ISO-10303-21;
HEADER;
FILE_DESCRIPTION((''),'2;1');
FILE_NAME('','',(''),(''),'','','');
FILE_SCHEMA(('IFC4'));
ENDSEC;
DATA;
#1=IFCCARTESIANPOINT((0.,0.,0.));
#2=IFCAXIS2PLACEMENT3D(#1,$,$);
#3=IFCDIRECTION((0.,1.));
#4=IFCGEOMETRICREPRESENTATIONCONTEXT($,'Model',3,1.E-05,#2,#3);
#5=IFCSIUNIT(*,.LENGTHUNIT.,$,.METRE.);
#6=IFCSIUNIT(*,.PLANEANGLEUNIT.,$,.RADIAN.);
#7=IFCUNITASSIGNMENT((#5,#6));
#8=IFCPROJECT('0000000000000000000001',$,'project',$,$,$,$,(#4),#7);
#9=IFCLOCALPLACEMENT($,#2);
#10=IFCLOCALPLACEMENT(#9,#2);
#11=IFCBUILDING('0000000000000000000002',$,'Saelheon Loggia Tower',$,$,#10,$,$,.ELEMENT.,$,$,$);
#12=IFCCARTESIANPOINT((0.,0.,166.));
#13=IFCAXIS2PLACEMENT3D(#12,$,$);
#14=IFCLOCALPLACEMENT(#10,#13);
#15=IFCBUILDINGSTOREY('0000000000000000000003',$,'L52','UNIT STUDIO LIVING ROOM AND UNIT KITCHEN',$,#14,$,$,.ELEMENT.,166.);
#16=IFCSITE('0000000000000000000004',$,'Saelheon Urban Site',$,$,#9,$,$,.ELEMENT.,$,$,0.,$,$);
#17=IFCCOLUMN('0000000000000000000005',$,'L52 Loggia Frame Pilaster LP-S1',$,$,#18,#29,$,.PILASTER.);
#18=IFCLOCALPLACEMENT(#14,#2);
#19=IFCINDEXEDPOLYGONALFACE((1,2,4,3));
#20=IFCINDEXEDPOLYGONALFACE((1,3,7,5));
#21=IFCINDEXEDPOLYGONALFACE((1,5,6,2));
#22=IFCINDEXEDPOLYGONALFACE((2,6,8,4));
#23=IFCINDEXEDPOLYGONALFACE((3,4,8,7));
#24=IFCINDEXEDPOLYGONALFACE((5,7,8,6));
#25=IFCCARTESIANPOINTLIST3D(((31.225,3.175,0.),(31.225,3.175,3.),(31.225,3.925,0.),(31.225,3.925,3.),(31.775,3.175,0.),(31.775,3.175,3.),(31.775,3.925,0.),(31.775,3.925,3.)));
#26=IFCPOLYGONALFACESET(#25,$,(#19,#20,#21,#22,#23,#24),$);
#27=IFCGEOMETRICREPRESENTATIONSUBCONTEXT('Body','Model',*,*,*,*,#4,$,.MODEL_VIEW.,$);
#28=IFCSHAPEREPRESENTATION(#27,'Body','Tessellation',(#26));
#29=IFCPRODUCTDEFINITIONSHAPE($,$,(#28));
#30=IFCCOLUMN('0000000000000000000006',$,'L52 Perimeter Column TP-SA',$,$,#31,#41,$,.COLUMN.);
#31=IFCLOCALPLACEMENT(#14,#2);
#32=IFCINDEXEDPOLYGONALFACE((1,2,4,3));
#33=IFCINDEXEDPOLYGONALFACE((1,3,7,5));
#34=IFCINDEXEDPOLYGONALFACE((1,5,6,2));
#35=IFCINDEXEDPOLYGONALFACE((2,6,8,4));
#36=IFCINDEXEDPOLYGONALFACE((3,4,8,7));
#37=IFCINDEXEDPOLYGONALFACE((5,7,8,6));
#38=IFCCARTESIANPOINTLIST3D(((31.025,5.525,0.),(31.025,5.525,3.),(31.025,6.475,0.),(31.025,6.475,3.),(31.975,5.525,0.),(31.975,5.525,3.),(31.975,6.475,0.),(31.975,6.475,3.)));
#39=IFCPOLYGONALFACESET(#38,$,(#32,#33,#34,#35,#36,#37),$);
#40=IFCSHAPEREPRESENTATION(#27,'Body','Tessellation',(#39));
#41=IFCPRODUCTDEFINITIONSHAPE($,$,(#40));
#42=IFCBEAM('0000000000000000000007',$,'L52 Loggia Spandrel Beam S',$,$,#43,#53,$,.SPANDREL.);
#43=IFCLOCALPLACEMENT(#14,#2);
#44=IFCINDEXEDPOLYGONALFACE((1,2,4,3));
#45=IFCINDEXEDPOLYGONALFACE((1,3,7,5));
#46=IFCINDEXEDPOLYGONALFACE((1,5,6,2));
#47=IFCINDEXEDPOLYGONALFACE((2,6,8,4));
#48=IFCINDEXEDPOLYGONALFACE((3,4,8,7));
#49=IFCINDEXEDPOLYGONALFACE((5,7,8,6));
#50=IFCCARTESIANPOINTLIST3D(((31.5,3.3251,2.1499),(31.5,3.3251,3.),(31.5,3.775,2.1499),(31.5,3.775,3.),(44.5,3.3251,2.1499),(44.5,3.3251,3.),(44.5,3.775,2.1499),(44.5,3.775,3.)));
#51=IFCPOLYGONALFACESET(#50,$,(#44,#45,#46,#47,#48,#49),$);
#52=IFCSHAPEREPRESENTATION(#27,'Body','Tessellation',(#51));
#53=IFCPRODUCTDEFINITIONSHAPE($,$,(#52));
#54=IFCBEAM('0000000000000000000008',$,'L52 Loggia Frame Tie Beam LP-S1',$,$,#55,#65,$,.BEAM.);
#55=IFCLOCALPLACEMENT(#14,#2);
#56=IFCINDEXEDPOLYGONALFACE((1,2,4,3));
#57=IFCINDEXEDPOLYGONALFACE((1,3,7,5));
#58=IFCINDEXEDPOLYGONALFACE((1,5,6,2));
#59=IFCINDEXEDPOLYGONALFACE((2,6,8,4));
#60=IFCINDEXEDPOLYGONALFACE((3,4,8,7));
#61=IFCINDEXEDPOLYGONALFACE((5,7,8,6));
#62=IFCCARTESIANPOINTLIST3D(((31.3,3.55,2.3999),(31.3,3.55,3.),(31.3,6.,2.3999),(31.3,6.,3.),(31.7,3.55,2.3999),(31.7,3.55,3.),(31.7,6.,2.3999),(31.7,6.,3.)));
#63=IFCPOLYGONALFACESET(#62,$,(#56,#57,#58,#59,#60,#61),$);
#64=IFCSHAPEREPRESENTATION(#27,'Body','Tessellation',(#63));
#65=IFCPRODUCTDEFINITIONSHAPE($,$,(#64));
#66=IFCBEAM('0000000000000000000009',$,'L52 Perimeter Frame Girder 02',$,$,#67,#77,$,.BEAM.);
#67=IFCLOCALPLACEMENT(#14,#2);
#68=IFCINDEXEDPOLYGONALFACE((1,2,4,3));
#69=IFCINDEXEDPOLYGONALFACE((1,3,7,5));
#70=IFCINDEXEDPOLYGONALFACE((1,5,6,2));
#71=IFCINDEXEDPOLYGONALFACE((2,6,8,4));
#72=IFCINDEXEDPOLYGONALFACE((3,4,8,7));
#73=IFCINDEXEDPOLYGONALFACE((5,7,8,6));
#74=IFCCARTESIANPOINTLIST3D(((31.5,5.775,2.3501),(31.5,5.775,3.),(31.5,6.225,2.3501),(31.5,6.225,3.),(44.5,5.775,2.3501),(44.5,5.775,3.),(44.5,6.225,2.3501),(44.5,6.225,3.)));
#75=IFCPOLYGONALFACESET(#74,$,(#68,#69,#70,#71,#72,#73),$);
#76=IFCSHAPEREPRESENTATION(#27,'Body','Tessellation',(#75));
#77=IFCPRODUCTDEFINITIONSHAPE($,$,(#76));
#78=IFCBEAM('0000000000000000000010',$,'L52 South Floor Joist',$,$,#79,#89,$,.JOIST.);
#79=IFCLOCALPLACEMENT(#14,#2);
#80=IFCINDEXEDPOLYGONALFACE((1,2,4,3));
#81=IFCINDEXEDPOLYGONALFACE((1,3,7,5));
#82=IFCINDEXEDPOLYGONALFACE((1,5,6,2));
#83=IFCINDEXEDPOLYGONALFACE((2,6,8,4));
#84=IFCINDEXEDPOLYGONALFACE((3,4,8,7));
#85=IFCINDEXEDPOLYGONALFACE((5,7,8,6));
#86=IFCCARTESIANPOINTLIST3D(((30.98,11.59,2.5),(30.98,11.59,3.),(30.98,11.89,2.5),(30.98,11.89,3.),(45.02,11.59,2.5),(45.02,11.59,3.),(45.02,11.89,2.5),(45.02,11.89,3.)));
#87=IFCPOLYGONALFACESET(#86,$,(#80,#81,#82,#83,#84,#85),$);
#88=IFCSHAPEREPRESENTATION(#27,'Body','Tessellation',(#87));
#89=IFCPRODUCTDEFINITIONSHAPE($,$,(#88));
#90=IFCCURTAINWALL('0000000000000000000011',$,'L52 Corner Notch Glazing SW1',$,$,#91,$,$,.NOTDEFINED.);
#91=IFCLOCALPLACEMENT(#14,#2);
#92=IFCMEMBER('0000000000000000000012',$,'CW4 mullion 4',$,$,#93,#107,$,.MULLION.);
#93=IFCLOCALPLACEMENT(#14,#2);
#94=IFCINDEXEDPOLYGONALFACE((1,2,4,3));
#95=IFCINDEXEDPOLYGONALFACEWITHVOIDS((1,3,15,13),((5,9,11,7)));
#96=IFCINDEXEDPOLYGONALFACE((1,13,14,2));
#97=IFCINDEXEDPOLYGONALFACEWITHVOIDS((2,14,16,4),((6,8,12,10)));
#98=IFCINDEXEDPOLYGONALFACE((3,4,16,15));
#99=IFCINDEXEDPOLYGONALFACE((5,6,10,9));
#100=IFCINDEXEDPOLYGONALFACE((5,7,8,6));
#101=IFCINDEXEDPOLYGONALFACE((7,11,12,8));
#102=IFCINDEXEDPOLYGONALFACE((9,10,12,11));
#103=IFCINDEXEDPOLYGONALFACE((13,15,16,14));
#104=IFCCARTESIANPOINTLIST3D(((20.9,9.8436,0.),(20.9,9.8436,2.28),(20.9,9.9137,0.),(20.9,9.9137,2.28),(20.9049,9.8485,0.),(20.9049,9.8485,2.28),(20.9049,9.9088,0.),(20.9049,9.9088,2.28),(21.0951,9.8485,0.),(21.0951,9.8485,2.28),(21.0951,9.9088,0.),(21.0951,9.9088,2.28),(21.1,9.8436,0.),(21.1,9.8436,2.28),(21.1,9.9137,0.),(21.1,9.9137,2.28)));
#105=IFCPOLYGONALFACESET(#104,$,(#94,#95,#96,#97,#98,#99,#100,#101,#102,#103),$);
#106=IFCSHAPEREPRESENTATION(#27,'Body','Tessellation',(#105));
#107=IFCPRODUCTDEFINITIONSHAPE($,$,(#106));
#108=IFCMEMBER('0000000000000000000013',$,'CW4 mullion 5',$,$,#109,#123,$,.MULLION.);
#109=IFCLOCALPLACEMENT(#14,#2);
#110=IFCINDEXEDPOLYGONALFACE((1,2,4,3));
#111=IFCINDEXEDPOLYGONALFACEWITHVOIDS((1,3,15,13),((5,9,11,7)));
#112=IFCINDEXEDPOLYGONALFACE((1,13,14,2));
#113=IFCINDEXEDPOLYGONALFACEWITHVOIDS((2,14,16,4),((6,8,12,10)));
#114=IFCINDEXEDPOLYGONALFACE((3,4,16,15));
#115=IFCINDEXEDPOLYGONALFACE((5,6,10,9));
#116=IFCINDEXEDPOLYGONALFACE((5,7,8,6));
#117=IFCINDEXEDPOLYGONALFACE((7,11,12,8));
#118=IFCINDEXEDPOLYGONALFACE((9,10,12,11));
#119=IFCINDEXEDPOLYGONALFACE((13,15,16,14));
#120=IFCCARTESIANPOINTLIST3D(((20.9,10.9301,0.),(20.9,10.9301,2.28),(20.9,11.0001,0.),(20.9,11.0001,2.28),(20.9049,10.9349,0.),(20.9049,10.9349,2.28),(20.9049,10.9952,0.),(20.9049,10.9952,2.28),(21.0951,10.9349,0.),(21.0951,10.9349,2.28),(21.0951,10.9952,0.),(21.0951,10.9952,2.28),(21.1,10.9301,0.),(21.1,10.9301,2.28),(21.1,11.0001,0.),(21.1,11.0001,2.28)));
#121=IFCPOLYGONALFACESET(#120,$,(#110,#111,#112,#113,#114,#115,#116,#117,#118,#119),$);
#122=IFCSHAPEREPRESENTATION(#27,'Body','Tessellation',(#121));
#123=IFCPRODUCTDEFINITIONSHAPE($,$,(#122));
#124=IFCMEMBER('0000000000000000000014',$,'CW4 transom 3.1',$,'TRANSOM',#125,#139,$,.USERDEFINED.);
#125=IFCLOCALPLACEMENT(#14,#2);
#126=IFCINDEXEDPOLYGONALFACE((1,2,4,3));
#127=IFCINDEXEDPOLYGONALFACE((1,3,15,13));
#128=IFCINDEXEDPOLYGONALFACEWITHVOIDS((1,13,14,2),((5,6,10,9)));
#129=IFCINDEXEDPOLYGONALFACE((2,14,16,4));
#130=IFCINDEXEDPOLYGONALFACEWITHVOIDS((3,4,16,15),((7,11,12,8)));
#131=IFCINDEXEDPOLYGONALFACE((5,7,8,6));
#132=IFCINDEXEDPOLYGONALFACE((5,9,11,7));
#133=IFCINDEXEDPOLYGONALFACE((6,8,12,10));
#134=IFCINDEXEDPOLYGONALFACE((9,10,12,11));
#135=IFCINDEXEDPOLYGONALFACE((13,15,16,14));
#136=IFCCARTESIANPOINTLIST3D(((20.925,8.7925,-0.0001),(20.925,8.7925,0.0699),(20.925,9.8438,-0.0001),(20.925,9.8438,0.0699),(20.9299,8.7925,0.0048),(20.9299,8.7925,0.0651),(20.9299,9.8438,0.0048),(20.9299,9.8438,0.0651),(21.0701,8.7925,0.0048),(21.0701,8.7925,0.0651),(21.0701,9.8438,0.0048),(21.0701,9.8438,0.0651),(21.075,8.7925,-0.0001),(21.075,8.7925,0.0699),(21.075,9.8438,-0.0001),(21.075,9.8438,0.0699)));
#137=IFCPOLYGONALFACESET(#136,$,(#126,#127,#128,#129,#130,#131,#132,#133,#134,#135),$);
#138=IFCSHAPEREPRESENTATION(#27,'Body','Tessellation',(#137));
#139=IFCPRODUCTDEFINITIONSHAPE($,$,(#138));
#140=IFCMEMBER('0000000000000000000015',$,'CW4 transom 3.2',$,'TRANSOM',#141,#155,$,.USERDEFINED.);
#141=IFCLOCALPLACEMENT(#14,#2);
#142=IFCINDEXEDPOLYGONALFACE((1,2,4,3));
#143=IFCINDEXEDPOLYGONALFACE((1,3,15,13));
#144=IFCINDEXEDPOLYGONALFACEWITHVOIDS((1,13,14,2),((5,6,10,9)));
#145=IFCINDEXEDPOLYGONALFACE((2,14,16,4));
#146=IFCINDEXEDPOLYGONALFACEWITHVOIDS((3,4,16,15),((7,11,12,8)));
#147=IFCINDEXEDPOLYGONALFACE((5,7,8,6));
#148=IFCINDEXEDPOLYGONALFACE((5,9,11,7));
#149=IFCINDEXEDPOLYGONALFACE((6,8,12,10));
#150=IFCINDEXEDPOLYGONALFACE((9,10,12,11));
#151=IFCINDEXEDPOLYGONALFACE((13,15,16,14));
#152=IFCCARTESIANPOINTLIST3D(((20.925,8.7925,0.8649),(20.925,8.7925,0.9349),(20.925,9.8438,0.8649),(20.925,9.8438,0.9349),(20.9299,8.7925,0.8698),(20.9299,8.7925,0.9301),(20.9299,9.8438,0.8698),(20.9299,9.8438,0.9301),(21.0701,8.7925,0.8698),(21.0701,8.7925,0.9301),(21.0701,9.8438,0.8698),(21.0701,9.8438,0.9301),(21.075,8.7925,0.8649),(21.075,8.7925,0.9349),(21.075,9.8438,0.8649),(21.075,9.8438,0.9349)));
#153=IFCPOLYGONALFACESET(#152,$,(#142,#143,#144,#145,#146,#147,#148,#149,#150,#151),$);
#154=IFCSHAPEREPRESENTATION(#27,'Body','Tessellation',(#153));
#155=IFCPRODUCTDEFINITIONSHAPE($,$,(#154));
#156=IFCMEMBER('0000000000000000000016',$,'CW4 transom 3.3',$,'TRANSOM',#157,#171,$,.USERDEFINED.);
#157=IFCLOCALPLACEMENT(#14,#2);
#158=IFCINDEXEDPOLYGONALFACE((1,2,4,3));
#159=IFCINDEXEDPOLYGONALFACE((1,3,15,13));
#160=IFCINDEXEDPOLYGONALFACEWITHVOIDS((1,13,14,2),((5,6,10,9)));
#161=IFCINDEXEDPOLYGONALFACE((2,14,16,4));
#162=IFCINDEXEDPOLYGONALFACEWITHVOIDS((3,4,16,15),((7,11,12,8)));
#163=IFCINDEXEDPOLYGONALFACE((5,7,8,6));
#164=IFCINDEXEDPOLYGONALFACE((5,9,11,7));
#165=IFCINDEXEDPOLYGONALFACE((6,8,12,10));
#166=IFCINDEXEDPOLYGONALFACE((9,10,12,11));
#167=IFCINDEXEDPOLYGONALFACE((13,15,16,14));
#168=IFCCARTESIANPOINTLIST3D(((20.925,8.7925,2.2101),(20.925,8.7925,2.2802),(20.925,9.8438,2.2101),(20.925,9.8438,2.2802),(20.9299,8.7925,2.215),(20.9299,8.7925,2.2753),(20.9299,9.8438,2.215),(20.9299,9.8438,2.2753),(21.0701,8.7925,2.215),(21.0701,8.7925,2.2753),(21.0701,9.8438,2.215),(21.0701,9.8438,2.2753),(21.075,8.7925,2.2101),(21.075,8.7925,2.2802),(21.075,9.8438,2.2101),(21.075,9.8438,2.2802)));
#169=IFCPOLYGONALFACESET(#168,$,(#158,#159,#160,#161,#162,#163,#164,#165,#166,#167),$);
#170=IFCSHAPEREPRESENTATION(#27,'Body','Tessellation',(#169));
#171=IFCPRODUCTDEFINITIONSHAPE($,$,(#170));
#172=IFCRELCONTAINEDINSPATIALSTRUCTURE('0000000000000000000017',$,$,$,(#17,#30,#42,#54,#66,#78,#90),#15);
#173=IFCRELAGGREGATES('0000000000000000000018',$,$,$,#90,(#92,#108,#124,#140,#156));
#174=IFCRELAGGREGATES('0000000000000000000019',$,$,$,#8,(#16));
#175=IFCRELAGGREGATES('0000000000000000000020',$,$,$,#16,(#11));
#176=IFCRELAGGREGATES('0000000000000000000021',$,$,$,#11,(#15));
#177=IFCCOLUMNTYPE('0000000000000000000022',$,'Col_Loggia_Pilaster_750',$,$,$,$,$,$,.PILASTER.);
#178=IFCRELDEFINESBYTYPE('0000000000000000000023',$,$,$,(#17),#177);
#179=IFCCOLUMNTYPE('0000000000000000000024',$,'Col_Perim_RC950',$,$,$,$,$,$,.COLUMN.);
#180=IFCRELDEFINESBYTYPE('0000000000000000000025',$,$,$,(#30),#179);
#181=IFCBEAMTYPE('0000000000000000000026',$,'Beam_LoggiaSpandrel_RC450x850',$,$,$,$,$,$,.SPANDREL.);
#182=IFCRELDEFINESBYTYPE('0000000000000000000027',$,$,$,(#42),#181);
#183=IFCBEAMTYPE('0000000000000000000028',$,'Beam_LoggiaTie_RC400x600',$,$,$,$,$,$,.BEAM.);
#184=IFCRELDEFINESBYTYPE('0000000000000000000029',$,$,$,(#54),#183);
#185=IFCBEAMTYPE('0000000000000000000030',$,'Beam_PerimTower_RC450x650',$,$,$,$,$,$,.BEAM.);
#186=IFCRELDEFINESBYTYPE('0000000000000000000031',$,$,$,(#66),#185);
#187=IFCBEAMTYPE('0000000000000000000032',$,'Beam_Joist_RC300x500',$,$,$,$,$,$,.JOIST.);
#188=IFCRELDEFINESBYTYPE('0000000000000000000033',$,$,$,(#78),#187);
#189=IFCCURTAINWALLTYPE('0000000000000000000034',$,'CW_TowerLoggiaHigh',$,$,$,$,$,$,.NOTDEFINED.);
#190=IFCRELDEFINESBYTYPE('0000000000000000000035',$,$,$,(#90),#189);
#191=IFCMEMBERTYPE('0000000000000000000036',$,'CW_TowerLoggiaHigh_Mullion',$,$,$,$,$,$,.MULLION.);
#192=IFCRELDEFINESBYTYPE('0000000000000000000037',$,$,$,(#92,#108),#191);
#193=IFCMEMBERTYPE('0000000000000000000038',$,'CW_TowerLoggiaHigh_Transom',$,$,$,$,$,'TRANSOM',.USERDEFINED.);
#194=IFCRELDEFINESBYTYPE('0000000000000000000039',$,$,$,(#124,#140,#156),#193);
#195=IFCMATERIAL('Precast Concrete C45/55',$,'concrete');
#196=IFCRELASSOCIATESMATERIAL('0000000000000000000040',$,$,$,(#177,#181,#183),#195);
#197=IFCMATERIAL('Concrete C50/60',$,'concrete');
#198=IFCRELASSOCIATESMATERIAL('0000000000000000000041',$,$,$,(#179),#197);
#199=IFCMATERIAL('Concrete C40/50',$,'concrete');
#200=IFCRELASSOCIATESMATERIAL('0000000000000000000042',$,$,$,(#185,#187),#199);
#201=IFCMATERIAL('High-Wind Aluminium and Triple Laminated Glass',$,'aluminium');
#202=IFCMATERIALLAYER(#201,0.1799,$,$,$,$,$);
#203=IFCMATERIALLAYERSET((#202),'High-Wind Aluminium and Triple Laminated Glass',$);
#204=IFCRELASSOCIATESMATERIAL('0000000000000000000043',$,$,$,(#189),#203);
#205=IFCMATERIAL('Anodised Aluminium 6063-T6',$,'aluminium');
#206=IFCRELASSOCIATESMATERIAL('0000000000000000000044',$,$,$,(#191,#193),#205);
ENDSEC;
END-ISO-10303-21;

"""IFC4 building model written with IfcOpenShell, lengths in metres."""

from ifc_helpers import new_model, si_unit, direction, frame, origin, origin_2d, place, context, subcontext, project, spatial, rectangle, hollow_rectangle, extrude, source, transform, mapped, material, layer, layer_set, material_profile, profile_set, type_object, element, aggregate, save


model = new_model("IFC4")

# Units and contexts
model_context = context("Model", 3, precision=1e-05, world=origin(), true_north=direction((0.0, 1.0)))
body_context = subcontext(model_context, "Body", "Model", "MODEL_VIEW")
ifc_project = project(units=[si_unit("LENGTHUNIT", "METRE"), si_unit("PLANEANGLEUNIT", "RADIAN")], contexts=[model_context])

# Site, building, storey
site_placement = place(None, origin())
site = spatial("IfcSite", under=ifc_project, at=site_placement, Name="Saelheon Urban Site", CompositionType="ELEMENT", RefElevation=0.0)
building_placement = place(site_placement, origin())
building = spatial("IfcBuilding", under=site, at=building_placement, Name="Saelheon Loggia Tower", CompositionType="ELEMENT")
storey_placement = place(building_placement, frame((0.0, 0.0, 166.0)))
storey = spatial("IfcBuildingStorey", under=building, at=storey_placement, Name="L52", Description="UNIT STUDIO LIVING ROOM AND UNIT KITCHEN", CompositionType="ELEMENT", Elevation=166.0)

# Columns
ifc_material_1 = material(Name="Precast Concrete C45/55", Category="concrete")
ifc_material_profile_1 = material_profile(ifc_material_1, rectangle(XDim=0.55, YDim=0.75, at=origin_2d()), Name="RC-550x750")
ifc_profile_set_1 = profile_set([ifc_material_profile_1], Name="Precast Concrete C45/55")
column_type_1 = type_object("IfcColumnType", Name="Col_Loggia_Pilaster_750", PredefinedType="PILASTER", material=ifc_profile_set_1)
shared_shape_1 = source(origin(), body_context, "Body", "SweptSolid", [
    extrude(rectangle(XDim=0.55, YDim=0.75, at=origin_2d()), origin(), (0.0, 0.0, 1.0), 3.0),
])
column_1_placement = place(storey_placement, frame((31.5, 3.55, 0.0), z_axis=(0.0, 0.0, 1.0), x_axis=(1.0, 0.0, 0.0)))
element("IfcColumn", 1, at=column_1_placement, inside=storey, type_object=column_type_1, Name="L52 Loggia Frame Pilaster LP-S1", PredefinedType="PILASTER", context=body_context, shape_type="MappedRepresentation", body=[
    mapped(shared_shape_1, transform((0.0, 0.0, 0.0), scale=1.0)),
])
ifc_material_2 = material(Name="Concrete C50/60", Category="concrete")
ifc_material_profile_2 = material_profile(ifc_material_2, rectangle(XDim=0.95, YDim=0.95, at=origin_2d()), Name="RC-950x950")
ifc_profile_set_2 = profile_set([ifc_material_profile_2], Name="Concrete C50/60")
column_type_2 = type_object("IfcColumnType", Name="Col_Perim_RC950", PredefinedType="COLUMN", material=ifc_profile_set_2)
shared_shape_2 = source(origin(), body_context, "Body", "SweptSolid", [
    extrude(rectangle(XDim=0.95, YDim=0.95, at=origin_2d()), origin(), (0.0, 0.0, 1.0), 3.0),
])
column_2_placement = place(storey_placement, frame((31.5, 6.0, 0.0), z_axis=(0.0, 0.0, 1.0), x_axis=(1.0, 0.0, 0.0)))
element("IfcColumn", 2, at=column_2_placement, inside=storey, type_object=column_type_2, Name="L52 Perimeter Column TP-SA", PredefinedType="COLUMN", context=body_context, shape_type="MappedRepresentation", body=[
    mapped(shared_shape_2, transform((0.0, 0.0, 0.0), scale=1.0)),
])

# Beams
ifc_material_profile_3 = material_profile(ifc_material_1, rectangle(XDim=0.45, YDim=0.8501, at=origin_2d()), Name="RC-450x850")
ifc_profile_set_3 = profile_set([ifc_material_profile_3], Name="Precast Concrete C45/55")
beam_type_1 = type_object("IfcBeamType", Name="Beam_LoggiaSpandrel_RC450x850", PredefinedType="SPANDREL", material=ifc_profile_set_3)
shared_shape_3 = source(origin(), body_context, "Body", "SweptSolid", [
    extrude(rectangle(XDim=0.45, YDim=0.8501, at=origin_2d()), origin(), (0.0, 0.0, 1.0), 13.0),
])
beam_1_placement = place(storey_placement, frame((31.5, 3.55, 2.575), z_axis=(1.0, 0.0, 0.0), x_axis=(0.0, 1.0, 0.0)))
element("IfcBeam", 3, at=beam_1_placement, inside=storey, type_object=beam_type_1, Name="L52 Loggia Spandrel Beam S", PredefinedType="SPANDREL", context=body_context, shape_type="MappedRepresentation", body=[
    mapped(shared_shape_3, transform((0.0, 0.0, 0.0), scale=1.0)),
])
ifc_material_profile_4 = material_profile(ifc_material_1, rectangle(XDim=0.3999, YDim=0.6001, at=origin_2d()), Name="RC-400x600")
ifc_profile_set_4 = profile_set([ifc_material_profile_4], Name="Precast Concrete C45/55")
beam_type_2 = type_object("IfcBeamType", Name="Beam_LoggiaTie_RC400x600", PredefinedType="BEAM", material=ifc_profile_set_4)
shared_shape_4 = source(origin(), body_context, "Body", "SweptSolid", [
    extrude(rectangle(XDim=0.3999, YDim=0.6001, at=origin_2d()), origin(), (0.0, 0.0, 1.0), 2.45),
])
beam_2_placement = place(storey_placement, frame((31.5, 6.0, 2.7), z_axis=(0.0, -1.0, 0.0), x_axis=(1.0, 0.0, 0.0)))
element("IfcBeam", 4, at=beam_2_placement, inside=storey, type_object=beam_type_2, Name="L52 Loggia Frame Tie Beam LP-S1", PredefinedType="BEAM", context=body_context, shape_type="MappedRepresentation", body=[
    mapped(shared_shape_4, transform((0.0, 0.0, 0.0), scale=1.0)),
])
ifc_material_3 = material(Name="Concrete C40/50", Category="concrete")
ifc_material_profile_5 = material_profile(ifc_material_3, rectangle(XDim=0.45, YDim=0.6499, at=origin_2d()), Name="RC-450x650")
ifc_profile_set_5 = profile_set([ifc_material_profile_5], Name="Concrete C40/50")
beam_type_3 = type_object("IfcBeamType", Name="Beam_PerimTower_RC450x650", PredefinedType="BEAM", material=ifc_profile_set_5)
shared_shape_5 = source(origin(), body_context, "Body", "SweptSolid", [
    extrude(rectangle(XDim=0.45, YDim=0.6499, at=origin_2d()), origin(), (0.0, 0.0, 1.0), 13.0),
])
beam_3_placement = place(storey_placement, frame((31.5, 6.0, 2.675), z_axis=(1.0, 0.0, 0.0), x_axis=(0.0, 1.0, 0.0)))
element("IfcBeam", 5, at=beam_3_placement, inside=storey, type_object=beam_type_3, Name="L52 Perimeter Frame Girder 02", PredefinedType="BEAM", context=body_context, shape_type="MappedRepresentation", body=[
    mapped(shared_shape_5, transform((0.0, 0.0, 0.0), scale=1.0)),
])
ifc_material_profile_6 = material_profile(ifc_material_3, rectangle(XDim=0.3, YDim=0.5, at=origin_2d()), Name="RC-300x500")
ifc_profile_set_6 = profile_set([ifc_material_profile_6], Name="Concrete C40/50")
beam_type_4 = type_object("IfcBeamType", Name="Beam_Joist_RC300x500", PredefinedType="JOIST", material=ifc_profile_set_6)
shared_shape_6 = source(origin(), body_context, "Body", "SweptSolid", [
    extrude(rectangle(XDim=0.3, YDim=0.5, at=origin_2d()), origin(), (0.0, 0.0, 1.0), 14.04),
])
beam_4_placement = place(storey_placement, frame((30.98, 11.74, 2.75), z_axis=(1.0, 0.0, 0.0), x_axis=(0.0, 1.0, 0.0)))
element("IfcBeam", 6, at=beam_4_placement, inside=storey, type_object=beam_type_4, Name="L52 South Floor Joist", PredefinedType="JOIST", context=body_context, shape_type="MappedRepresentation", body=[
    mapped(shared_shape_6, transform((0.0, 0.0, 0.0), scale=1.0)),
])

# Curtain wall, members
ifc_material_4 = material(Name="High-Wind Aluminium and Triple Laminated Glass", Category="aluminium")
ifc_layer_1 = layer(ifc_material_4, 0.1799)
ifc_layer_set_1 = layer_set([ifc_layer_1], Name="High-Wind Aluminium and Triple Laminated Glass")
curtain_wall_type = type_object("IfcCurtainWallType", Name="CW_TowerLoggiaHigh", PredefinedType="NOTDEFINED", material=ifc_layer_set_1)
curtain_wall_placement = place(storey_placement, origin())
curtain_wall = element("IfcCurtainWall", 7, at=curtain_wall_placement, inside=storey, type_object=curtain_wall_type, Name="L52 Corner Notch Glazing SW1", PredefinedType="NOTDEFINED")
ifc_material_5 = material(Name="Anodised Aluminium 6063-T6", Category="aluminium")
ifc_material_profile_7 = material_profile(ifc_material_5, hollow_rectangle(XDim=0.0701, YDim=0.2, WallThickness=0.0049, at=origin_2d()), Name="RHS-200x70x5")
ifc_profile_set_7 = profile_set([ifc_material_profile_7], Name="Anodised Aluminium 6063-T6")
member_type_1 = type_object("IfcMemberType", Name="CW_TowerLoggiaHigh_Mullion", PredefinedType="MULLION", material=ifc_profile_set_7)
shared_shape_7 = source(origin(), body_context, "Body", "SweptSolid", [
    extrude(hollow_rectangle(XDim=0.0701, YDim=0.2, WallThickness=0.0049, at=origin_2d()), origin(), (0.0, 0.0, 1.0), 2.28),
])
member_1_placement = place(storey_placement, frame((21.0, 9.8787, 0.0), z_axis=(0.0, 0.0, 1.0), x_axis=(0.0, 1.0, 0.0)))
member_1 = element("IfcMember", 8, at=member_1_placement, type_object=member_type_1, Name="CW4 mullion 4", PredefinedType="MULLION", context=body_context, shape_type="MappedRepresentation", body=[
    mapped(shared_shape_7, transform((0.0, 0.0, 0.0), scale=1.0)),
])
member_2_placement = place(storey_placement, frame((21.0, 10.9651, 0.0), z_axis=(0.0, 0.0, 1.0), x_axis=(0.0, 1.0, 0.0)))
member_2 = element("IfcMember", 9, at=member_2_placement, type_object=member_type_1, Name="CW4 mullion 5", PredefinedType="MULLION", context=body_context, shape_type="MappedRepresentation", body=[
    mapped(shared_shape_7, transform((0.0, 0.0, 0.0), scale=1.0)),
])
ifc_material_profile_8 = material_profile(ifc_material_5, hollow_rectangle(XDim=0.0701, YDim=0.1499, WallThickness=0.0049, at=origin_2d()), Name="RHS-150x70x5")
ifc_profile_set_8 = profile_set([ifc_material_profile_8], Name="Anodised Aluminium 6063-T6")
member_type_2 = type_object("IfcMemberType", Name="CW_TowerLoggiaHigh_Transom", ElementType="TRANSOM", PredefinedType="USERDEFINED", material=ifc_profile_set_8)
shared_shape_8 = source(origin(), body_context, "Body", "SweptSolid", [
    extrude(hollow_rectangle(XDim=0.0701, YDim=0.1499, WallThickness=0.0049, at=origin_2d()), origin(), (0.0, 0.0, 1.0), 1.0513),
])
member_3_placement = place(storey_placement, frame((21.0, 8.7925, 0.0349), z_axis=(0.0, 1.0, 0.0), x_axis=(0.0, 0.0, 1.0)))
member_3 = element("IfcMember", 10, at=member_3_placement, type_object=member_type_2, Name="CW4 transom 3.1", ObjectType="TRANSOM", PredefinedType="USERDEFINED", context=body_context, shape_type="MappedRepresentation", body=[
    mapped(shared_shape_8, transform((0.0, 0.0, 0.0), scale=1.0)),
])
member_4_placement = place(storey_placement, frame((21.0, 8.7925, 0.8999), z_axis=(0.0, 1.0, 0.0), x_axis=(0.0, 0.0, 1.0)))
member_4 = element("IfcMember", 11, at=member_4_placement, type_object=member_type_2, Name="CW4 transom 3.2", ObjectType="TRANSOM", PredefinedType="USERDEFINED", context=body_context, shape_type="MappedRepresentation", body=[
    mapped(shared_shape_8, transform((0.0, 0.0, 0.0), scale=1.0)),
])
member_5_placement = place(storey_placement, frame((21.0, 8.7925, 2.2451), z_axis=(0.0, 1.0, 0.0), x_axis=(0.0, 0.0, 1.0)))
member_5 = element("IfcMember", 12, at=member_5_placement, type_object=member_type_2, Name="CW4 transom 3.3", ObjectType="TRANSOM", PredefinedType="USERDEFINED", context=body_context, shape_type="MappedRepresentation", body=[
    mapped(shared_shape_8, transform((0.0, 0.0, 0.0), scale=1.0)),
])
aggregate(curtain_wall, [member_1, member_2, member_3, member_4, member_5])

save(model, "model.ifc")
